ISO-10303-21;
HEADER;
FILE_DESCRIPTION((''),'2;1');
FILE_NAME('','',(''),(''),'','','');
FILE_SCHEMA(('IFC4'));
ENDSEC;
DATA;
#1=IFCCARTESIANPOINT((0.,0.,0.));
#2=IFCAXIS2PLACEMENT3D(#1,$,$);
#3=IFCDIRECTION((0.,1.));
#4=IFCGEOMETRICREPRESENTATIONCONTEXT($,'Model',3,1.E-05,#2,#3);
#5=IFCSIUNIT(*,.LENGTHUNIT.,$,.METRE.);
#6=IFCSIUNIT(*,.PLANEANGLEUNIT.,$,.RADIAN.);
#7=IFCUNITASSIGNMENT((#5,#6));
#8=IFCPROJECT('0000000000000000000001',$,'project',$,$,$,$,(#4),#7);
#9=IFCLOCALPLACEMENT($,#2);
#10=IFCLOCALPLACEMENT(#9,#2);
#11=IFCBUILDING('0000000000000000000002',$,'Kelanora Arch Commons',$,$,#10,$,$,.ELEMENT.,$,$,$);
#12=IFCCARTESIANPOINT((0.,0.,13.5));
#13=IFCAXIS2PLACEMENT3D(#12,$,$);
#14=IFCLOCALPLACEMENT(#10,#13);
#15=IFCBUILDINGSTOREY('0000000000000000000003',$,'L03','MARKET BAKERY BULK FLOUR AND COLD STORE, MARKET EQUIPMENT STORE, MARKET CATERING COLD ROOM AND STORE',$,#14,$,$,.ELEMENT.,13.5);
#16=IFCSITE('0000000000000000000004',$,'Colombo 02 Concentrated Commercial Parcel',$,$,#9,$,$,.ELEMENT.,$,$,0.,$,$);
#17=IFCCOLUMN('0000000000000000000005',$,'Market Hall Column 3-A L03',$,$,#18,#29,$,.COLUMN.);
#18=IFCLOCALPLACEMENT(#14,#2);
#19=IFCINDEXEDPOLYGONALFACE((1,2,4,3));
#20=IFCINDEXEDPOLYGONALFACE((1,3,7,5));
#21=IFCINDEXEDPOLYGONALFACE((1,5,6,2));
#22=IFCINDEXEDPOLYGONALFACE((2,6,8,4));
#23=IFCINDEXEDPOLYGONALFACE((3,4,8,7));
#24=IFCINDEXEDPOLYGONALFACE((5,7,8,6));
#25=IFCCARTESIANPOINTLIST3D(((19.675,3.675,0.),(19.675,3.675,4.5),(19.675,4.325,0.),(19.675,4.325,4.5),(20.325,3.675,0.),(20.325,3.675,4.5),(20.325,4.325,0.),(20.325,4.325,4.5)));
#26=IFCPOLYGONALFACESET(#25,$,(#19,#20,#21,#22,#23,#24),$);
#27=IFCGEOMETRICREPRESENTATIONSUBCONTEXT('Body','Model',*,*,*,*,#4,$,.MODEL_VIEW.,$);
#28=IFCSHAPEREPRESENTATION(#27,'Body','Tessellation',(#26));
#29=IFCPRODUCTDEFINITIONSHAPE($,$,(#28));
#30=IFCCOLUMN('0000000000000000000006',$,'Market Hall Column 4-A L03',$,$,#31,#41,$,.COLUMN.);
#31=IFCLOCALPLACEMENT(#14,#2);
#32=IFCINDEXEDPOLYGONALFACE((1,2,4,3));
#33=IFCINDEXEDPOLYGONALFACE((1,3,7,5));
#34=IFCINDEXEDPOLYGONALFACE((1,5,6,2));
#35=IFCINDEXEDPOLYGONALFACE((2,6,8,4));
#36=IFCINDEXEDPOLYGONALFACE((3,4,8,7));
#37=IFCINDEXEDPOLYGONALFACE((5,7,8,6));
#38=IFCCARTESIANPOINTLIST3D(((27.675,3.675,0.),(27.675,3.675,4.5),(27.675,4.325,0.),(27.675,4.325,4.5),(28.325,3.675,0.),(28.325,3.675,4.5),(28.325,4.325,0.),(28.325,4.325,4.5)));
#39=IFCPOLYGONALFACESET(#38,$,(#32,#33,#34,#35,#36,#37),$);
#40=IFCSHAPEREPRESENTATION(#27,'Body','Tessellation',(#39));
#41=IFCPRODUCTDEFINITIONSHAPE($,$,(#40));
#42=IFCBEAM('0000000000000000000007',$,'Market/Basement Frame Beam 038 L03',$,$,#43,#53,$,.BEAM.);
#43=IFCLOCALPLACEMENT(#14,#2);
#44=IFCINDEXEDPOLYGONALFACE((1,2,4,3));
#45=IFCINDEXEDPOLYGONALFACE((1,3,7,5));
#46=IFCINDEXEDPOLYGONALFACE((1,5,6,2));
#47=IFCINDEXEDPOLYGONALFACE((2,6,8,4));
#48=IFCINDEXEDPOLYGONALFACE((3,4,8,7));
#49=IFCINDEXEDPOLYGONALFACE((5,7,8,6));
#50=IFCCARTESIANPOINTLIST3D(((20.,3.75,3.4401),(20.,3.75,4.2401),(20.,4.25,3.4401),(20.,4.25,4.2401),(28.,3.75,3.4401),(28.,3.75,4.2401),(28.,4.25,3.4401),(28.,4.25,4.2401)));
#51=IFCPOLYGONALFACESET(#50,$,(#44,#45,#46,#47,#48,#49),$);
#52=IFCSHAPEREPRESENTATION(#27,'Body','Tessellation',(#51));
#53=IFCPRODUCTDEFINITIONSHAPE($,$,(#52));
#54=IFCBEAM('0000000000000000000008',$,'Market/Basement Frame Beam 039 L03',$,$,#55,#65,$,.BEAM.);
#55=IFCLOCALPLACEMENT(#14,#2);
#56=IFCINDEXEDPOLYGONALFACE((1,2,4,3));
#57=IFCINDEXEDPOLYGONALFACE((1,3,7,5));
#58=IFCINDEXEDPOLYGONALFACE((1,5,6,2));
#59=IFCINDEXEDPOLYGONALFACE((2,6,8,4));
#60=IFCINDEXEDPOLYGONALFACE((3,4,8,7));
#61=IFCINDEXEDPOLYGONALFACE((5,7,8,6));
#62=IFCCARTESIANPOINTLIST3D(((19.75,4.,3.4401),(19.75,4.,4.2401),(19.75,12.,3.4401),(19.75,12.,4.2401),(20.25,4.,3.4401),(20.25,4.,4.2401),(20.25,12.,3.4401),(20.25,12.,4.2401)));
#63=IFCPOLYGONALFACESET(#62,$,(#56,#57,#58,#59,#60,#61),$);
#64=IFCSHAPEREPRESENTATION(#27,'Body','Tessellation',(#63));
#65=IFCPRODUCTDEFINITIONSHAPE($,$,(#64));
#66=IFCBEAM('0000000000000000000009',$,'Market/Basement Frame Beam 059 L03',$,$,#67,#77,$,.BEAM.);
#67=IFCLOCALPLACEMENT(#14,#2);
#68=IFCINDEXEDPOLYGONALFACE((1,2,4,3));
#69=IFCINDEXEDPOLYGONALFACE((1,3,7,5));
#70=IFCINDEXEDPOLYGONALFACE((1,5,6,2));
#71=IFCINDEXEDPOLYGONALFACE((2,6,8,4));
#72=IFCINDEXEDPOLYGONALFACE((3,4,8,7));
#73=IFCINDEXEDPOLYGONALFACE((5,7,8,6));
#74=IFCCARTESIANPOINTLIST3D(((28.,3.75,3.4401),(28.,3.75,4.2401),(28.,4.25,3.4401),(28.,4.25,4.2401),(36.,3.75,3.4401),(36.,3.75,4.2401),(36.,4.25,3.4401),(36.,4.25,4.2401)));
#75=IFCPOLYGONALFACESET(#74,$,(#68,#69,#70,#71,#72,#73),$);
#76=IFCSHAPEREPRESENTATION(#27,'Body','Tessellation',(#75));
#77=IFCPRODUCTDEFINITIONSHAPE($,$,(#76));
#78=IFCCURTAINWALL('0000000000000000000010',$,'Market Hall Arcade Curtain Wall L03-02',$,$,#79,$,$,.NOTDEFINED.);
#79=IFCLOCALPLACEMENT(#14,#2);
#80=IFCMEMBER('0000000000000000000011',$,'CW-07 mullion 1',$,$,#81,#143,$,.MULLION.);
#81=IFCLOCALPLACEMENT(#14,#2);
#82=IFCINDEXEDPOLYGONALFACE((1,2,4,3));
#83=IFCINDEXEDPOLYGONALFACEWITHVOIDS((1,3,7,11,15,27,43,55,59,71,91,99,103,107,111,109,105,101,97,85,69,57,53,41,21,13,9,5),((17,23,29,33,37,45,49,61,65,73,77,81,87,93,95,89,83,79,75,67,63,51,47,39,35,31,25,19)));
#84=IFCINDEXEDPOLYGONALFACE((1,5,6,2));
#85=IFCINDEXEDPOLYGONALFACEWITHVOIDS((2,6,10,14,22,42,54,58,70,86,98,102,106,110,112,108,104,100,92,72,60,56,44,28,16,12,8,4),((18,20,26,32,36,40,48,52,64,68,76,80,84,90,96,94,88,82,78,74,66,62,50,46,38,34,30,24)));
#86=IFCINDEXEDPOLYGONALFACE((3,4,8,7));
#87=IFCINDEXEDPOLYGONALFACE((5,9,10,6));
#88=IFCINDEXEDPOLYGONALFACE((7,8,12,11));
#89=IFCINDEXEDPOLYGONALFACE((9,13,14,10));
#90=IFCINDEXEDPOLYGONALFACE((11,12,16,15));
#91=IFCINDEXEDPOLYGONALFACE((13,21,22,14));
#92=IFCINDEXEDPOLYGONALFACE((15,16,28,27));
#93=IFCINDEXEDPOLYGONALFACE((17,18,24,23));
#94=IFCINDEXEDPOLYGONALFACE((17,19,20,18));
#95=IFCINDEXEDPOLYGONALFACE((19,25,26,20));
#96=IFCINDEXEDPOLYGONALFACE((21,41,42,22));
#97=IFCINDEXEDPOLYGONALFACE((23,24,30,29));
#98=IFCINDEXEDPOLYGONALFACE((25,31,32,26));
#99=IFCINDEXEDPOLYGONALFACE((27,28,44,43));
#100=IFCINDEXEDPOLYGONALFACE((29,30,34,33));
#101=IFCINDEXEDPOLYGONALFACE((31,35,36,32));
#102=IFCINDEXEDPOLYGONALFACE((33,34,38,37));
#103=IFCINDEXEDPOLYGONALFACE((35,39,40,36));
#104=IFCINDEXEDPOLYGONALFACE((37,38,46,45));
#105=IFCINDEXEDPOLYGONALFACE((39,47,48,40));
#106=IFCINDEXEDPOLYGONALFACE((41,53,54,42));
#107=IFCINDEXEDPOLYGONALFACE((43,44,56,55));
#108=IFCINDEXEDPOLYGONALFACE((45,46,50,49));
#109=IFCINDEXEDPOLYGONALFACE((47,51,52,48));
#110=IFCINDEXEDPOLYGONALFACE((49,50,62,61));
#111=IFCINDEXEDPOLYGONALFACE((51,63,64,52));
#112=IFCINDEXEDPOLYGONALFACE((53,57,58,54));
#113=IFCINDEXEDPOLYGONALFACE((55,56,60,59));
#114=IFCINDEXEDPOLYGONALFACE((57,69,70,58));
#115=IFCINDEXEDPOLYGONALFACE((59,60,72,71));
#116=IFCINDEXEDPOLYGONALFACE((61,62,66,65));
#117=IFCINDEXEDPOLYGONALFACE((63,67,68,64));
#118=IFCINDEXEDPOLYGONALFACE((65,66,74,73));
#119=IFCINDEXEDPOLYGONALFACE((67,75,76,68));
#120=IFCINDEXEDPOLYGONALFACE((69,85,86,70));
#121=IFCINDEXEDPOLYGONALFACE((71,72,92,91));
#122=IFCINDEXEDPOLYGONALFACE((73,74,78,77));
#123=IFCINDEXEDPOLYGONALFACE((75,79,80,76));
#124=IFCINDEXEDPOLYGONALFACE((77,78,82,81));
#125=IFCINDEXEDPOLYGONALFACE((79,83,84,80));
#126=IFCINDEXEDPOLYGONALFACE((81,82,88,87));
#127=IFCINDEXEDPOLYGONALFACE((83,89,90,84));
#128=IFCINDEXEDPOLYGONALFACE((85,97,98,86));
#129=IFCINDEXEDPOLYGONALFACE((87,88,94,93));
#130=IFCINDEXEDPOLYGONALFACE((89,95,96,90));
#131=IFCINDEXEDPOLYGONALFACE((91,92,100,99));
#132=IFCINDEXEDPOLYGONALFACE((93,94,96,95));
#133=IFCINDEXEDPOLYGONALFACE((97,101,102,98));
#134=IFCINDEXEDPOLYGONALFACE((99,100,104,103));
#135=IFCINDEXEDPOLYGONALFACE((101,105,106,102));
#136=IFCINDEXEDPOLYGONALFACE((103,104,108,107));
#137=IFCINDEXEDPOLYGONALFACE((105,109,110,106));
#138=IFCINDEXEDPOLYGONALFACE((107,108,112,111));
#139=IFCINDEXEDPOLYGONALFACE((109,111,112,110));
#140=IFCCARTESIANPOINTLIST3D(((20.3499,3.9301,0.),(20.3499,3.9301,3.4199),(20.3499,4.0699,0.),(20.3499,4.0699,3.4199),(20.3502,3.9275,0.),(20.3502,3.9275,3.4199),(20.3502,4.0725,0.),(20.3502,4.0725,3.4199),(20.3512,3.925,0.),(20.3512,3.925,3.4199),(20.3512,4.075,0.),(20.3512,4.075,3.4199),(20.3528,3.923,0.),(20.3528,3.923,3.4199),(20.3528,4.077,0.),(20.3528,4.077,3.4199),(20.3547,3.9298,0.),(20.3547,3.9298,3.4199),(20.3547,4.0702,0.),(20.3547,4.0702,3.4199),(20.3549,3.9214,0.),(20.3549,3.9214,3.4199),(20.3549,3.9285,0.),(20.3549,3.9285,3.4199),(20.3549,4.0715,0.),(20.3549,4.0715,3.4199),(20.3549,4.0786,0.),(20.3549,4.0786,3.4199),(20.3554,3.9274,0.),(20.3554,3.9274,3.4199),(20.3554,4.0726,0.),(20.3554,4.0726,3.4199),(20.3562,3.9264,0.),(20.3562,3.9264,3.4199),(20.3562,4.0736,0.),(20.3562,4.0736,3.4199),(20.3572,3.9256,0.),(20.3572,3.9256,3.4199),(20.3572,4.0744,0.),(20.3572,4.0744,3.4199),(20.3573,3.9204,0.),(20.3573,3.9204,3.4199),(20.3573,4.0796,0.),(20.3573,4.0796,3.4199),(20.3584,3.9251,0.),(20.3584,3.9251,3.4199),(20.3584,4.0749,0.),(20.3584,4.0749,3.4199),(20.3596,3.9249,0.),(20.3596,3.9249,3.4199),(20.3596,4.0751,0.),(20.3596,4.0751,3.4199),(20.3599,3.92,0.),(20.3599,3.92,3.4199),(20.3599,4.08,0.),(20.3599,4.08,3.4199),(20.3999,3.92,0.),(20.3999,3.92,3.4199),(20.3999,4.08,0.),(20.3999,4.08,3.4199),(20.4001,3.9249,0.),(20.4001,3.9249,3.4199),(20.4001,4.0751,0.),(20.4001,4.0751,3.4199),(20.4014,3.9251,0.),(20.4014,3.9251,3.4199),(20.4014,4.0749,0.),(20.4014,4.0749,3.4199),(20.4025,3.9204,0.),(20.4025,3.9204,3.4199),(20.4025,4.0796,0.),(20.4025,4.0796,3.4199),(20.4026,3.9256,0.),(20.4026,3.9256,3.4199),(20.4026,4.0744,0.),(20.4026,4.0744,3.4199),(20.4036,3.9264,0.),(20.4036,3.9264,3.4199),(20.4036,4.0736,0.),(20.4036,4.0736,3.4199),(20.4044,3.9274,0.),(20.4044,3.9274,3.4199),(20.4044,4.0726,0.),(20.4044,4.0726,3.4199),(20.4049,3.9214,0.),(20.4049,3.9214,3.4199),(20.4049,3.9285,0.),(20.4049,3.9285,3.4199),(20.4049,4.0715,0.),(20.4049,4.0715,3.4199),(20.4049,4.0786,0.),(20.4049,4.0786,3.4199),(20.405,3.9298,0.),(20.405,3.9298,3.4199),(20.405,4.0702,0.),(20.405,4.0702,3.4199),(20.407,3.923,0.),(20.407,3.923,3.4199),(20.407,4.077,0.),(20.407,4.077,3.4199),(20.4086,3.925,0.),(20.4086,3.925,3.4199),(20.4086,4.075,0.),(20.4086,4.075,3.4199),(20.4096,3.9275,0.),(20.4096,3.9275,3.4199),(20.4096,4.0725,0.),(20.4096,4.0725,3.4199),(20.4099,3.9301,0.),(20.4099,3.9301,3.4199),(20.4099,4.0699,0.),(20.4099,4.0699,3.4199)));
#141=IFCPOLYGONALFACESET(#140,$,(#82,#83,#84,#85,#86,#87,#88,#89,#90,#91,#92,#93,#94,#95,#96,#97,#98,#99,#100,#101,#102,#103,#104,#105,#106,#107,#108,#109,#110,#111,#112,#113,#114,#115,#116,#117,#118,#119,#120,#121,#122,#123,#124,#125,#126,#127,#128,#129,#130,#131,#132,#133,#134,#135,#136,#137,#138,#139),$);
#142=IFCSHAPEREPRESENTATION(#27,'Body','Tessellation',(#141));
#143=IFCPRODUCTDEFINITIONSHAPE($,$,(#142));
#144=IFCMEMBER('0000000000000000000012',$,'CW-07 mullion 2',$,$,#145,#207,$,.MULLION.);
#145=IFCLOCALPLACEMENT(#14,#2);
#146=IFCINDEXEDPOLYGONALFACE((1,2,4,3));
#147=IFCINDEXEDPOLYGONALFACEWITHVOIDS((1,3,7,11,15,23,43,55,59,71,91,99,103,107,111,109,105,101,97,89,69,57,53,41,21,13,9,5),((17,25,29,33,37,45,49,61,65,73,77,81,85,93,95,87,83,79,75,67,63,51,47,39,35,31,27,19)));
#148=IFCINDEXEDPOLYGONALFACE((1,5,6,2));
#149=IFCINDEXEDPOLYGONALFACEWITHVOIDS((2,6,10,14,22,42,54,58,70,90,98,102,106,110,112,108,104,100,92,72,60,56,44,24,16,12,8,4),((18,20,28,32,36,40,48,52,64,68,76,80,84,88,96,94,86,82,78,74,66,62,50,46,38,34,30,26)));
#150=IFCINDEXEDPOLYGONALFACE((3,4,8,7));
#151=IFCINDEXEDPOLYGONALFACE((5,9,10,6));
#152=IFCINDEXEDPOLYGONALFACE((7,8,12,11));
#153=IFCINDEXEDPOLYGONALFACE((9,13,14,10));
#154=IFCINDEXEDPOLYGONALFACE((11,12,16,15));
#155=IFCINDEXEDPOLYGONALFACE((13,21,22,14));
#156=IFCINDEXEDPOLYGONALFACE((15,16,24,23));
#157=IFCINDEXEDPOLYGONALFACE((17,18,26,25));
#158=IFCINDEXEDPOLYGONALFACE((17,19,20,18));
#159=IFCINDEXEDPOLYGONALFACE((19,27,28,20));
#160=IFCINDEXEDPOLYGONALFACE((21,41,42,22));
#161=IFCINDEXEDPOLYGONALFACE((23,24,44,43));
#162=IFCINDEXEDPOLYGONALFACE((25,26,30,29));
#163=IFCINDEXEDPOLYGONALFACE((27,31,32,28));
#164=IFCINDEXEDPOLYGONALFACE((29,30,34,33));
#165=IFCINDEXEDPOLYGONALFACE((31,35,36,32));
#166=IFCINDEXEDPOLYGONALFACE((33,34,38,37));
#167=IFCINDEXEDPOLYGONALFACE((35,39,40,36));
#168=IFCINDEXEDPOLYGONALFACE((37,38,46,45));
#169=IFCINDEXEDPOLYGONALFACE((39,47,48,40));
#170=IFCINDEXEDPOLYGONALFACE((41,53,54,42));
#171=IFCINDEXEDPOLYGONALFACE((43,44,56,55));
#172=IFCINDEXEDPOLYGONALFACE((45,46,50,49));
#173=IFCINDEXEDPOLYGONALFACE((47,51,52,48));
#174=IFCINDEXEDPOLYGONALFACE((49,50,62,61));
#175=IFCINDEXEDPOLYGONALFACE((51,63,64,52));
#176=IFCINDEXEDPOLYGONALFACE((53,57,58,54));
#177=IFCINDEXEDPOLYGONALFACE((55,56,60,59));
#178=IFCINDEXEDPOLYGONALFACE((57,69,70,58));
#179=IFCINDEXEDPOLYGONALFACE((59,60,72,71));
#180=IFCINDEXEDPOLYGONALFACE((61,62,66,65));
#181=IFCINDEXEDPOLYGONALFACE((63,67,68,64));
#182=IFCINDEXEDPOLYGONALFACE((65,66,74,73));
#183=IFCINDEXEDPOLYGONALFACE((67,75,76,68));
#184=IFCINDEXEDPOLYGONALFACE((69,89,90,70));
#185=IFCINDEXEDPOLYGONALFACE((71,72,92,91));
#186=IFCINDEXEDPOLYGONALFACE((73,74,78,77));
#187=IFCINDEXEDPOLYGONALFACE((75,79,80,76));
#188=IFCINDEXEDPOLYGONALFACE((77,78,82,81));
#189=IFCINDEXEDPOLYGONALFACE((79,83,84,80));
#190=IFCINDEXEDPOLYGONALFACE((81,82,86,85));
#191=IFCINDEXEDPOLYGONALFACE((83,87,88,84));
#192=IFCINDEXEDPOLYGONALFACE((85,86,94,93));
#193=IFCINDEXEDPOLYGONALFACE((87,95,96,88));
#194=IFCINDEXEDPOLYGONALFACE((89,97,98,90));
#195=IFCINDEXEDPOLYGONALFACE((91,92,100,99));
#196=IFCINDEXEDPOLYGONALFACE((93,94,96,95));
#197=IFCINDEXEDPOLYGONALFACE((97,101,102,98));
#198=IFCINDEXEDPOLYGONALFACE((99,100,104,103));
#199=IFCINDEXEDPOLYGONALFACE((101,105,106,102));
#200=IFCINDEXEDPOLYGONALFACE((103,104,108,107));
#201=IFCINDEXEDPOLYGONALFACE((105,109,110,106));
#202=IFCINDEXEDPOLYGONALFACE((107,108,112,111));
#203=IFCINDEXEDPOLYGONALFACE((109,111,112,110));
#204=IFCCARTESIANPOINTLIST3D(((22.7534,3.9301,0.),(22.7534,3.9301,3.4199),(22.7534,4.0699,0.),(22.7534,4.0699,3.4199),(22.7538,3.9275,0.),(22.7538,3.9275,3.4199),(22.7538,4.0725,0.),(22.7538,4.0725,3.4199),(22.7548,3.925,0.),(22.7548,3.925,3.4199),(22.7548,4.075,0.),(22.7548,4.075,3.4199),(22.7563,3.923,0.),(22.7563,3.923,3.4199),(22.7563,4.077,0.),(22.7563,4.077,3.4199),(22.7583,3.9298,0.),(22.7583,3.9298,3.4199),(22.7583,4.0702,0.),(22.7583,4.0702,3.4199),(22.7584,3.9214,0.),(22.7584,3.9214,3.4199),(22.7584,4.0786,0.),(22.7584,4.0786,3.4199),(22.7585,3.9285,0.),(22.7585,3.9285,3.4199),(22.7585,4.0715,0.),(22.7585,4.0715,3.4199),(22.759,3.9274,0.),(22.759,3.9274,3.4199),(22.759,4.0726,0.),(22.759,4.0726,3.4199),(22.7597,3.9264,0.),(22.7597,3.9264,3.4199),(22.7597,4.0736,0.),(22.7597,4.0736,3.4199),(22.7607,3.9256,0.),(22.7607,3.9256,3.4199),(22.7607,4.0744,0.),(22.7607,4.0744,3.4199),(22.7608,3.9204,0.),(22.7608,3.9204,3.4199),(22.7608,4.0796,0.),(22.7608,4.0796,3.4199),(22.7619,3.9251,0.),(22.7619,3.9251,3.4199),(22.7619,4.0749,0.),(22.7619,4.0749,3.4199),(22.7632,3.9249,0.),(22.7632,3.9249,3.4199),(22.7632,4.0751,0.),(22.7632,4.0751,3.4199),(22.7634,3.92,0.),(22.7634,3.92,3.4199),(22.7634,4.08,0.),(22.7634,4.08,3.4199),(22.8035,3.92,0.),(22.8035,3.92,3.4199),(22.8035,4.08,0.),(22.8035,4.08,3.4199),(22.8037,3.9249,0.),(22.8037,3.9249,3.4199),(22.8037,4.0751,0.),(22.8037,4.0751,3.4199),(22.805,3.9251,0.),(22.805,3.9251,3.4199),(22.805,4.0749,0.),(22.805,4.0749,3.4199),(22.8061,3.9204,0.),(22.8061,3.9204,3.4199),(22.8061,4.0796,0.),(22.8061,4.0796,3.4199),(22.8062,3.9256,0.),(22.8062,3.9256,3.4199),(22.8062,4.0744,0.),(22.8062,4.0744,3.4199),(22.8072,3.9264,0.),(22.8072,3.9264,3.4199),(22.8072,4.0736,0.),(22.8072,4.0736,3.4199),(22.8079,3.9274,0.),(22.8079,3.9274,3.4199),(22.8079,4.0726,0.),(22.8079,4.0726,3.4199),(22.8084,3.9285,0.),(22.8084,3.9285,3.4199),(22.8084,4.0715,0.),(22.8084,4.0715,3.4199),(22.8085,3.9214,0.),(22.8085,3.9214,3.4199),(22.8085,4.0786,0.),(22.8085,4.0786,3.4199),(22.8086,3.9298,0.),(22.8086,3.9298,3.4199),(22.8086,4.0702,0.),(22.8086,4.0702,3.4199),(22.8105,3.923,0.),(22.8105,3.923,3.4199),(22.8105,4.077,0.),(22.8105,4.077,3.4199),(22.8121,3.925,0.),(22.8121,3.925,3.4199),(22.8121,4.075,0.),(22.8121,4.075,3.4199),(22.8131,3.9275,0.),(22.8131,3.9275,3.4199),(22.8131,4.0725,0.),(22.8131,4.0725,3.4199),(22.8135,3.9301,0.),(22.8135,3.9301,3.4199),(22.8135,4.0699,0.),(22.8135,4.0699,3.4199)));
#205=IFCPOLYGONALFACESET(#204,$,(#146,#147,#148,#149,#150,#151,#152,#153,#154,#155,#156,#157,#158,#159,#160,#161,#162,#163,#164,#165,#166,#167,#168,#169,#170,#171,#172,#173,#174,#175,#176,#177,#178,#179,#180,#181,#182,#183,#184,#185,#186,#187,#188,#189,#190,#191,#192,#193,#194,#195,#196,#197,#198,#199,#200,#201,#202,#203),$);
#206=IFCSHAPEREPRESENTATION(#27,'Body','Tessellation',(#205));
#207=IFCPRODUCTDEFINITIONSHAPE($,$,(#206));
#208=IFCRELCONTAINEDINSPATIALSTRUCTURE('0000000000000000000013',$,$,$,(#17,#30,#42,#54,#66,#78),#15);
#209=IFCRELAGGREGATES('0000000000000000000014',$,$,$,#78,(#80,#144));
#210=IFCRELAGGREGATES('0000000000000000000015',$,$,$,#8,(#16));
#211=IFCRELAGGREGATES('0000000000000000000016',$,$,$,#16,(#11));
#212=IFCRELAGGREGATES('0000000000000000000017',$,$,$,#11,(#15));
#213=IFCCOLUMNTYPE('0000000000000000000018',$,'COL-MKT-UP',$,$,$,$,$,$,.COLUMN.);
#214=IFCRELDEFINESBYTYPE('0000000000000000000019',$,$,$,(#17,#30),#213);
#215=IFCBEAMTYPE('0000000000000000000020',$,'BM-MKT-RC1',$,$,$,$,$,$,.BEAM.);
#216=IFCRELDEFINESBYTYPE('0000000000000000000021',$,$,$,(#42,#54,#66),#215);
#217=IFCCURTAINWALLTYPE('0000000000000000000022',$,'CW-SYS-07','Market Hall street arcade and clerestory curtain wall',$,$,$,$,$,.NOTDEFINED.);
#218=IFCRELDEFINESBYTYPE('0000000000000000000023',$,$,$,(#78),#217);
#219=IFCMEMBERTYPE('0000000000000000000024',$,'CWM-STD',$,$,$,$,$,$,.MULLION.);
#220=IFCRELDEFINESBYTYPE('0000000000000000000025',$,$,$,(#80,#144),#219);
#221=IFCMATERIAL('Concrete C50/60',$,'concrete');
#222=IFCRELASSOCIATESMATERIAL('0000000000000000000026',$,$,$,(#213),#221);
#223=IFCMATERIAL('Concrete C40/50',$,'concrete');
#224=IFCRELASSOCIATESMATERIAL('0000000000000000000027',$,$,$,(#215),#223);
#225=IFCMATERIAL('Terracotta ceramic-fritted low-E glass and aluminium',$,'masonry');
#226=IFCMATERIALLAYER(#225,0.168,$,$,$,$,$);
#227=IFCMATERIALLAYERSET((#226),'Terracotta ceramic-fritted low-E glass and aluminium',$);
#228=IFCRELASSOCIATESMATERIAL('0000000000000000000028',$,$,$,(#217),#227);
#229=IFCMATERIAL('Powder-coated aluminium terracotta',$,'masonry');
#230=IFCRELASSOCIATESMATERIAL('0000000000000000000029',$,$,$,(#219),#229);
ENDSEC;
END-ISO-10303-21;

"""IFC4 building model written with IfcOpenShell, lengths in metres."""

from ifc_helpers import new_model, si_unit, direction, frame, origin, origin_2d, place, context, subcontext, project, spatial, rectangle, hollow_rectangle, extrude, material, layer, layer_set, material_profile, profile_set, type_object, element, aggregate, save


model = new_model("IFC4")

# Units and contexts
model_context = context("Model", 3, precision=1e-05, world=origin(), true_north=direction((0.0, 1.0)))
body_context = subcontext(model_context, "Body", "Model", "MODEL_VIEW")
ifc_project = project(units=[si_unit("LENGTHUNIT", "METRE"), si_unit("PLANEANGLEUNIT", "RADIAN")], contexts=[model_context])

# Site, building, storey
site_placement = place(None, origin())
site = spatial("IfcSite", under=ifc_project, at=site_placement, Name="Colombo 02 Concentrated Commercial Parcel", CompositionType="ELEMENT", RefElevation=0.0)
building_placement = place(site_placement, origin())
building = spatial("IfcBuilding", under=site, at=building_placement, Name="Kelanora Arch Commons", CompositionType="ELEMENT")
storey_placement = place(building_placement, frame((0.0, 0.0, 13.5)))
storey = spatial("IfcBuildingStorey", under=building, at=storey_placement, Name="L03", Description="MARKET BAKERY BULK FLOUR AND COLD STORE, MARKET EQUIPMENT STORE, MARKET CATERING COLD ROOM AND STORE", CompositionType="ELEMENT", Elevation=13.5)

# Columns
ifc_material_1 = material(Name="Concrete C50/60", Category="concrete")
ifc_material_profile_1 = material_profile(ifc_material_1, rectangle(XDim=0.6499, YDim=0.6499, at=origin_2d()), Name="RC650x650")
ifc_profile_set_1 = profile_set([ifc_material_profile_1], Name="Concrete C50/60")
column_type = type_object("IfcColumnType", Name="COL-MKT-UP", PredefinedType="COLUMN", material=ifc_profile_set_1)
for number, where, z_axis, x_axis, name in (
    (1, (20.0, 4.0, 0.0), (0.0, 0.0, 1.0), (1.0, 0.0, 0.0), "Market Hall Column 3-A L03"),
    (2, (28.0, 4.0, 0.0), (0.0, 0.0, 1.0), (1.0, 0.0, 0.0), "Market Hall Column 4-A L03"),
):
    element("IfcColumn", number, at=place(storey_placement, frame(where, z_axis=z_axis, x_axis=x_axis)), inside=storey, type_object=column_type, Name=name, PredefinedType="COLUMN", context=body_context, shape_type="SweptSolid", body=[
        extrude(rectangle(XDim=0.6499, YDim=0.6499, at=origin_2d()), origin(), (0.0, 0.0, 1.0), 4.5),
    ])

# Beams
ifc_material_2 = material(Name="Concrete C40/50", Category="concrete")
ifc_material_profile_2 = material_profile(ifc_material_2, rectangle(XDim=0.5, YDim=0.8, at=origin_2d()), Name="RCB500x800")
ifc_profile_set_2 = profile_set([ifc_material_profile_2], Name="Concrete C40/50")
beam_type = type_object("IfcBeamType", Name="BM-MKT-RC1", PredefinedType="BEAM", material=ifc_profile_set_2)
for number, where, z_axis, x_axis, name in (
    (3, (20.0, 4.0, 3.8401), (1.0, 0.0, 0.0), (0.0, 1.0, 0.0), "Market/Basement Frame Beam 038 L03"),
    (4, (20.0, 4.0, 3.8401), (0.0, 1.0, 0.0), (-1.0, 0.0, 0.0), "Market/Basement Frame Beam 039 L03"),
    (5, (28.0, 4.0, 3.8401), (1.0, 0.0, 0.0), (0.0, 1.0, 0.0), "Market/Basement Frame Beam 059 L03"),
):
    element("IfcBeam", number, at=place(storey_placement, frame(where, z_axis=z_axis, x_axis=x_axis)), inside=storey, type_object=beam_type, Name=name, PredefinedType="BEAM", context=body_context, shape_type="SweptSolid", body=[
        extrude(rectangle(XDim=0.5, YDim=0.8, at=origin_2d()), origin(), (0.0, 0.0, 1.0), 8.0),
    ])

# Curtain wall, members
ifc_material_3 = material(Name="Terracotta ceramic-fritted low-E glass and aluminium", Category="masonry")
ifc_layer_1 = layer(ifc_material_3, 0.168)
ifc_layer_set_1 = layer_set([ifc_layer_1], Name="Terracotta ceramic-fritted low-E glass and aluminium")
curtain_wall_type = type_object("IfcCurtainWallType", Name="CW-SYS-07", Description="Market Hall street arcade and clerestory curtain wall", PredefinedType="NOTDEFINED", material=ifc_layer_set_1)
curtain_wall_placement = place(storey_placement, origin())
curtain_wall = element("IfcCurtainWall", 6, at=curtain_wall_placement, inside=storey, type_object=curtain_wall_type, Name="Market Hall Arcade Curtain Wall L03-02", PredefinedType="NOTDEFINED")
ifc_material_4 = material(Name="Powder-coated aluminium terracotta", Category="masonry")
ifc_material_profile_3 = material_profile(ifc_material_4, hollow_rectangle(XDim=0.1599, YDim=0.0601, WallThickness=0.0049, InnerFilletRadius=0.0049, OuterFilletRadius=0.01, at=origin_2d()), Name="CWM160x60")
ifc_profile_set_3 = profile_set([ifc_material_profile_3], Name="Powder-coated aluminium terracotta")
member_type_1 = type_object("IfcMemberType", Name="CWM-STD", PredefinedType="MULLION", material=ifc_profile_set_3)
member_1_placement = place(storey_placement, frame((20.3799, 4.0, 0.0), z_axis=(0.0, 0.0, 1.0), x_axis=(0.0, 1.0, 0.0)))
member_1 = element("IfcMember", 7, at=member_1_placement, type_object=member_type_1, Name="CW-07 mullion 1", PredefinedType="MULLION", context=body_context, shape_type="SweptSolid", body=[
    extrude(hollow_rectangle(XDim=0.1599, YDim=0.0601, WallThickness=0.0049, InnerFilletRadius=0.0049, OuterFilletRadius=0.01, at=origin_2d()), origin(), (0.0, 0.0, 1.0), 3.4199),
])
member_2_placement = place(storey_placement, frame((22.7834, 4.0, 0.0), z_axis=(0.0, 0.0, 1.0), x_axis=(0.0, 1.0, 0.0)))
member_2 = element("IfcMember", 8, at=member_2_placement, type_object=member_type_1, Name="CW-07 mullion 2", PredefinedType="MULLION", context=body_context, shape_type="SweptSolid", body=[
    extrude(hollow_rectangle(XDim=0.1599, YDim=0.0601, WallThickness=0.0049, InnerFilletRadius=0.0049, OuterFilletRadius=0.01, at=origin_2d()), origin(), (0.0, 0.0, 1.0), 3.4199),
])
aggregate(curtain_wall, [member_1, member_2])

save(model, "model.ifc")
